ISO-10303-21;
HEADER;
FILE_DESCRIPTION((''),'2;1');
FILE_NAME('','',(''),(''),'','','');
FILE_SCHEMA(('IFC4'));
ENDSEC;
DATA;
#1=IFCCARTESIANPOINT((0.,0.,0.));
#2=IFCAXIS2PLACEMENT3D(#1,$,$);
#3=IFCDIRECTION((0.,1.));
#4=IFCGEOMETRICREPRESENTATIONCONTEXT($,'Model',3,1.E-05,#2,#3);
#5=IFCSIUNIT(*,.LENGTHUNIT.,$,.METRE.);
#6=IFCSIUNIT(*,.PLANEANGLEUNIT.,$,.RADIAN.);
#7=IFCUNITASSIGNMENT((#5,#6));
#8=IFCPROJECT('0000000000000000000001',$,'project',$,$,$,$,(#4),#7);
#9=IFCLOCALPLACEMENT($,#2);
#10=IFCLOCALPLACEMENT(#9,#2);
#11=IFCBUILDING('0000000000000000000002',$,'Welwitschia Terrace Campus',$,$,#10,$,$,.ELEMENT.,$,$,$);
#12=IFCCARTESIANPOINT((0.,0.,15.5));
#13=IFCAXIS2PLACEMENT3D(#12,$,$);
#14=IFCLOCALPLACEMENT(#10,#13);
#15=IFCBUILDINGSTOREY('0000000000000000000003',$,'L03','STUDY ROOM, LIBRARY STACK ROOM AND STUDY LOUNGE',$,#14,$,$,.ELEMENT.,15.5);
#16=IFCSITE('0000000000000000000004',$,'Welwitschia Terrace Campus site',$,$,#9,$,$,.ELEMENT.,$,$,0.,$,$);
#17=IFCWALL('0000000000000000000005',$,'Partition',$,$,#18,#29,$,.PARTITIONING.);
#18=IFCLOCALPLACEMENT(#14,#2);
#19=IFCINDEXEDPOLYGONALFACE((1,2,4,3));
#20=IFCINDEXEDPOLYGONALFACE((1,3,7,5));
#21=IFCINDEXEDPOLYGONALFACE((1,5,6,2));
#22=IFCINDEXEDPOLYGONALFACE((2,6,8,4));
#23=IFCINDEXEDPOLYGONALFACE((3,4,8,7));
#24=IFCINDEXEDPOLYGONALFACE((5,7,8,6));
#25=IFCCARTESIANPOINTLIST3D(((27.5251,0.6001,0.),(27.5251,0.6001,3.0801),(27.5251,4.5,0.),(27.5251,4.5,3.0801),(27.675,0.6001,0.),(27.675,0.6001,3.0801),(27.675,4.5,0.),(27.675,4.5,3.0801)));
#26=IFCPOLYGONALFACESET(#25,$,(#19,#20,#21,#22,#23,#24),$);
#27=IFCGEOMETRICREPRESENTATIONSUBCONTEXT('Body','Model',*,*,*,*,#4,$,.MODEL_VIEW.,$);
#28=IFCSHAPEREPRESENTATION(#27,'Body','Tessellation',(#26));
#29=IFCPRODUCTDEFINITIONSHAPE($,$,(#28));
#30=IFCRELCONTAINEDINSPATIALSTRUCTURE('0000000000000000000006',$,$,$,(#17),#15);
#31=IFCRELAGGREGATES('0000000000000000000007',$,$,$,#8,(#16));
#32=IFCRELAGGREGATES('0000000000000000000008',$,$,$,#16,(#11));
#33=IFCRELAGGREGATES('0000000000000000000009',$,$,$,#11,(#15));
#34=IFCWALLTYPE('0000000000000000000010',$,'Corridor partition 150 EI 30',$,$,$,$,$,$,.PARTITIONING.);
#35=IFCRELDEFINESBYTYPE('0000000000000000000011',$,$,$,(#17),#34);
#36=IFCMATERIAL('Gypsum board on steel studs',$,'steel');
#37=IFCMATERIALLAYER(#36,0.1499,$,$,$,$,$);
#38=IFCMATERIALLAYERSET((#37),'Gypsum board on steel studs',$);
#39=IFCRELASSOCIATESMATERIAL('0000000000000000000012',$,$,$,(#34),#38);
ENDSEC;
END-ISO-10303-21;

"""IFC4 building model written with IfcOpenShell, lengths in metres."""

from ifc_helpers import new_model, si_unit, direction, frame, frame_2d, origin, place, context, subcontext, project, spatial, rectangle, extrude, material, layer, layer_set, type_object, element, save


model = new_model("IFC4")

# Units and contexts
model_context = context("Model", 3, precision=1e-05, world=origin(), true_north=direction((0.0, 1.0)))
body_context = subcontext(model_context, "Body", "Model", "MODEL_VIEW")
ifc_project = project(units=[si_unit("LENGTHUNIT", "METRE"), si_unit("PLANEANGLEUNIT", "RADIAN")], contexts=[model_context])

# Site, building, storey
site_placement = place(None, origin())
site = spatial("IfcSite", under=ifc_project, at=site_placement, Name="Welwitschia Terrace Campus site", CompositionType="ELEMENT", RefElevation=0.0)
building_placement = place(site_placement, origin())
building = spatial("IfcBuilding", under=site, at=building_placement, Name="Welwitschia Terrace Campus", CompositionType="ELEMENT")
storey_placement = place(building_placement, frame((0.0, 0.0, 15.5)))
storey = spatial("IfcBuildingStorey", under=building, at=storey_placement, Name="L03", Description="STUDY ROOM, LIBRARY STACK ROOM AND STUDY LOUNGE", CompositionType="ELEMENT", Elevation=15.5)

# Shared definitions
ifc_material_1 = material(Name="Gypsum board on steel studs", Category="steel")
ifc_layer_1 = layer(ifc_material_1, 0.1499)
ifc_layer_set_1 = layer_set([ifc_layer_1], Name="Gypsum board on steel studs")
wall_type = type_object("IfcWallType", Name="Corridor partition 150 EI 30", PredefinedType="PARTITIONING", material=ifc_layer_set_1)

# Wall
wall_1_placement = place(storey_placement, frame((27.6001, 0.6001, 0.0), z_axis=(0.0, 0.0, 1.0), x_axis=(0.0, 1.0, 0.0)))
element("IfcWall", 1, at=wall_1_placement, inside=storey, type_object=wall_type, Name="Partition", PredefinedType="PARTITIONING", context=body_context, shape_type="SweptSolid", body=[
    extrude(rectangle(XDim=3.8999, YDim=0.1499, at=frame_2d((1.95, 0.0))), origin(), (0.0, 0.0, 1.0), 3.0801),
])

save(model, "model.ifc")
